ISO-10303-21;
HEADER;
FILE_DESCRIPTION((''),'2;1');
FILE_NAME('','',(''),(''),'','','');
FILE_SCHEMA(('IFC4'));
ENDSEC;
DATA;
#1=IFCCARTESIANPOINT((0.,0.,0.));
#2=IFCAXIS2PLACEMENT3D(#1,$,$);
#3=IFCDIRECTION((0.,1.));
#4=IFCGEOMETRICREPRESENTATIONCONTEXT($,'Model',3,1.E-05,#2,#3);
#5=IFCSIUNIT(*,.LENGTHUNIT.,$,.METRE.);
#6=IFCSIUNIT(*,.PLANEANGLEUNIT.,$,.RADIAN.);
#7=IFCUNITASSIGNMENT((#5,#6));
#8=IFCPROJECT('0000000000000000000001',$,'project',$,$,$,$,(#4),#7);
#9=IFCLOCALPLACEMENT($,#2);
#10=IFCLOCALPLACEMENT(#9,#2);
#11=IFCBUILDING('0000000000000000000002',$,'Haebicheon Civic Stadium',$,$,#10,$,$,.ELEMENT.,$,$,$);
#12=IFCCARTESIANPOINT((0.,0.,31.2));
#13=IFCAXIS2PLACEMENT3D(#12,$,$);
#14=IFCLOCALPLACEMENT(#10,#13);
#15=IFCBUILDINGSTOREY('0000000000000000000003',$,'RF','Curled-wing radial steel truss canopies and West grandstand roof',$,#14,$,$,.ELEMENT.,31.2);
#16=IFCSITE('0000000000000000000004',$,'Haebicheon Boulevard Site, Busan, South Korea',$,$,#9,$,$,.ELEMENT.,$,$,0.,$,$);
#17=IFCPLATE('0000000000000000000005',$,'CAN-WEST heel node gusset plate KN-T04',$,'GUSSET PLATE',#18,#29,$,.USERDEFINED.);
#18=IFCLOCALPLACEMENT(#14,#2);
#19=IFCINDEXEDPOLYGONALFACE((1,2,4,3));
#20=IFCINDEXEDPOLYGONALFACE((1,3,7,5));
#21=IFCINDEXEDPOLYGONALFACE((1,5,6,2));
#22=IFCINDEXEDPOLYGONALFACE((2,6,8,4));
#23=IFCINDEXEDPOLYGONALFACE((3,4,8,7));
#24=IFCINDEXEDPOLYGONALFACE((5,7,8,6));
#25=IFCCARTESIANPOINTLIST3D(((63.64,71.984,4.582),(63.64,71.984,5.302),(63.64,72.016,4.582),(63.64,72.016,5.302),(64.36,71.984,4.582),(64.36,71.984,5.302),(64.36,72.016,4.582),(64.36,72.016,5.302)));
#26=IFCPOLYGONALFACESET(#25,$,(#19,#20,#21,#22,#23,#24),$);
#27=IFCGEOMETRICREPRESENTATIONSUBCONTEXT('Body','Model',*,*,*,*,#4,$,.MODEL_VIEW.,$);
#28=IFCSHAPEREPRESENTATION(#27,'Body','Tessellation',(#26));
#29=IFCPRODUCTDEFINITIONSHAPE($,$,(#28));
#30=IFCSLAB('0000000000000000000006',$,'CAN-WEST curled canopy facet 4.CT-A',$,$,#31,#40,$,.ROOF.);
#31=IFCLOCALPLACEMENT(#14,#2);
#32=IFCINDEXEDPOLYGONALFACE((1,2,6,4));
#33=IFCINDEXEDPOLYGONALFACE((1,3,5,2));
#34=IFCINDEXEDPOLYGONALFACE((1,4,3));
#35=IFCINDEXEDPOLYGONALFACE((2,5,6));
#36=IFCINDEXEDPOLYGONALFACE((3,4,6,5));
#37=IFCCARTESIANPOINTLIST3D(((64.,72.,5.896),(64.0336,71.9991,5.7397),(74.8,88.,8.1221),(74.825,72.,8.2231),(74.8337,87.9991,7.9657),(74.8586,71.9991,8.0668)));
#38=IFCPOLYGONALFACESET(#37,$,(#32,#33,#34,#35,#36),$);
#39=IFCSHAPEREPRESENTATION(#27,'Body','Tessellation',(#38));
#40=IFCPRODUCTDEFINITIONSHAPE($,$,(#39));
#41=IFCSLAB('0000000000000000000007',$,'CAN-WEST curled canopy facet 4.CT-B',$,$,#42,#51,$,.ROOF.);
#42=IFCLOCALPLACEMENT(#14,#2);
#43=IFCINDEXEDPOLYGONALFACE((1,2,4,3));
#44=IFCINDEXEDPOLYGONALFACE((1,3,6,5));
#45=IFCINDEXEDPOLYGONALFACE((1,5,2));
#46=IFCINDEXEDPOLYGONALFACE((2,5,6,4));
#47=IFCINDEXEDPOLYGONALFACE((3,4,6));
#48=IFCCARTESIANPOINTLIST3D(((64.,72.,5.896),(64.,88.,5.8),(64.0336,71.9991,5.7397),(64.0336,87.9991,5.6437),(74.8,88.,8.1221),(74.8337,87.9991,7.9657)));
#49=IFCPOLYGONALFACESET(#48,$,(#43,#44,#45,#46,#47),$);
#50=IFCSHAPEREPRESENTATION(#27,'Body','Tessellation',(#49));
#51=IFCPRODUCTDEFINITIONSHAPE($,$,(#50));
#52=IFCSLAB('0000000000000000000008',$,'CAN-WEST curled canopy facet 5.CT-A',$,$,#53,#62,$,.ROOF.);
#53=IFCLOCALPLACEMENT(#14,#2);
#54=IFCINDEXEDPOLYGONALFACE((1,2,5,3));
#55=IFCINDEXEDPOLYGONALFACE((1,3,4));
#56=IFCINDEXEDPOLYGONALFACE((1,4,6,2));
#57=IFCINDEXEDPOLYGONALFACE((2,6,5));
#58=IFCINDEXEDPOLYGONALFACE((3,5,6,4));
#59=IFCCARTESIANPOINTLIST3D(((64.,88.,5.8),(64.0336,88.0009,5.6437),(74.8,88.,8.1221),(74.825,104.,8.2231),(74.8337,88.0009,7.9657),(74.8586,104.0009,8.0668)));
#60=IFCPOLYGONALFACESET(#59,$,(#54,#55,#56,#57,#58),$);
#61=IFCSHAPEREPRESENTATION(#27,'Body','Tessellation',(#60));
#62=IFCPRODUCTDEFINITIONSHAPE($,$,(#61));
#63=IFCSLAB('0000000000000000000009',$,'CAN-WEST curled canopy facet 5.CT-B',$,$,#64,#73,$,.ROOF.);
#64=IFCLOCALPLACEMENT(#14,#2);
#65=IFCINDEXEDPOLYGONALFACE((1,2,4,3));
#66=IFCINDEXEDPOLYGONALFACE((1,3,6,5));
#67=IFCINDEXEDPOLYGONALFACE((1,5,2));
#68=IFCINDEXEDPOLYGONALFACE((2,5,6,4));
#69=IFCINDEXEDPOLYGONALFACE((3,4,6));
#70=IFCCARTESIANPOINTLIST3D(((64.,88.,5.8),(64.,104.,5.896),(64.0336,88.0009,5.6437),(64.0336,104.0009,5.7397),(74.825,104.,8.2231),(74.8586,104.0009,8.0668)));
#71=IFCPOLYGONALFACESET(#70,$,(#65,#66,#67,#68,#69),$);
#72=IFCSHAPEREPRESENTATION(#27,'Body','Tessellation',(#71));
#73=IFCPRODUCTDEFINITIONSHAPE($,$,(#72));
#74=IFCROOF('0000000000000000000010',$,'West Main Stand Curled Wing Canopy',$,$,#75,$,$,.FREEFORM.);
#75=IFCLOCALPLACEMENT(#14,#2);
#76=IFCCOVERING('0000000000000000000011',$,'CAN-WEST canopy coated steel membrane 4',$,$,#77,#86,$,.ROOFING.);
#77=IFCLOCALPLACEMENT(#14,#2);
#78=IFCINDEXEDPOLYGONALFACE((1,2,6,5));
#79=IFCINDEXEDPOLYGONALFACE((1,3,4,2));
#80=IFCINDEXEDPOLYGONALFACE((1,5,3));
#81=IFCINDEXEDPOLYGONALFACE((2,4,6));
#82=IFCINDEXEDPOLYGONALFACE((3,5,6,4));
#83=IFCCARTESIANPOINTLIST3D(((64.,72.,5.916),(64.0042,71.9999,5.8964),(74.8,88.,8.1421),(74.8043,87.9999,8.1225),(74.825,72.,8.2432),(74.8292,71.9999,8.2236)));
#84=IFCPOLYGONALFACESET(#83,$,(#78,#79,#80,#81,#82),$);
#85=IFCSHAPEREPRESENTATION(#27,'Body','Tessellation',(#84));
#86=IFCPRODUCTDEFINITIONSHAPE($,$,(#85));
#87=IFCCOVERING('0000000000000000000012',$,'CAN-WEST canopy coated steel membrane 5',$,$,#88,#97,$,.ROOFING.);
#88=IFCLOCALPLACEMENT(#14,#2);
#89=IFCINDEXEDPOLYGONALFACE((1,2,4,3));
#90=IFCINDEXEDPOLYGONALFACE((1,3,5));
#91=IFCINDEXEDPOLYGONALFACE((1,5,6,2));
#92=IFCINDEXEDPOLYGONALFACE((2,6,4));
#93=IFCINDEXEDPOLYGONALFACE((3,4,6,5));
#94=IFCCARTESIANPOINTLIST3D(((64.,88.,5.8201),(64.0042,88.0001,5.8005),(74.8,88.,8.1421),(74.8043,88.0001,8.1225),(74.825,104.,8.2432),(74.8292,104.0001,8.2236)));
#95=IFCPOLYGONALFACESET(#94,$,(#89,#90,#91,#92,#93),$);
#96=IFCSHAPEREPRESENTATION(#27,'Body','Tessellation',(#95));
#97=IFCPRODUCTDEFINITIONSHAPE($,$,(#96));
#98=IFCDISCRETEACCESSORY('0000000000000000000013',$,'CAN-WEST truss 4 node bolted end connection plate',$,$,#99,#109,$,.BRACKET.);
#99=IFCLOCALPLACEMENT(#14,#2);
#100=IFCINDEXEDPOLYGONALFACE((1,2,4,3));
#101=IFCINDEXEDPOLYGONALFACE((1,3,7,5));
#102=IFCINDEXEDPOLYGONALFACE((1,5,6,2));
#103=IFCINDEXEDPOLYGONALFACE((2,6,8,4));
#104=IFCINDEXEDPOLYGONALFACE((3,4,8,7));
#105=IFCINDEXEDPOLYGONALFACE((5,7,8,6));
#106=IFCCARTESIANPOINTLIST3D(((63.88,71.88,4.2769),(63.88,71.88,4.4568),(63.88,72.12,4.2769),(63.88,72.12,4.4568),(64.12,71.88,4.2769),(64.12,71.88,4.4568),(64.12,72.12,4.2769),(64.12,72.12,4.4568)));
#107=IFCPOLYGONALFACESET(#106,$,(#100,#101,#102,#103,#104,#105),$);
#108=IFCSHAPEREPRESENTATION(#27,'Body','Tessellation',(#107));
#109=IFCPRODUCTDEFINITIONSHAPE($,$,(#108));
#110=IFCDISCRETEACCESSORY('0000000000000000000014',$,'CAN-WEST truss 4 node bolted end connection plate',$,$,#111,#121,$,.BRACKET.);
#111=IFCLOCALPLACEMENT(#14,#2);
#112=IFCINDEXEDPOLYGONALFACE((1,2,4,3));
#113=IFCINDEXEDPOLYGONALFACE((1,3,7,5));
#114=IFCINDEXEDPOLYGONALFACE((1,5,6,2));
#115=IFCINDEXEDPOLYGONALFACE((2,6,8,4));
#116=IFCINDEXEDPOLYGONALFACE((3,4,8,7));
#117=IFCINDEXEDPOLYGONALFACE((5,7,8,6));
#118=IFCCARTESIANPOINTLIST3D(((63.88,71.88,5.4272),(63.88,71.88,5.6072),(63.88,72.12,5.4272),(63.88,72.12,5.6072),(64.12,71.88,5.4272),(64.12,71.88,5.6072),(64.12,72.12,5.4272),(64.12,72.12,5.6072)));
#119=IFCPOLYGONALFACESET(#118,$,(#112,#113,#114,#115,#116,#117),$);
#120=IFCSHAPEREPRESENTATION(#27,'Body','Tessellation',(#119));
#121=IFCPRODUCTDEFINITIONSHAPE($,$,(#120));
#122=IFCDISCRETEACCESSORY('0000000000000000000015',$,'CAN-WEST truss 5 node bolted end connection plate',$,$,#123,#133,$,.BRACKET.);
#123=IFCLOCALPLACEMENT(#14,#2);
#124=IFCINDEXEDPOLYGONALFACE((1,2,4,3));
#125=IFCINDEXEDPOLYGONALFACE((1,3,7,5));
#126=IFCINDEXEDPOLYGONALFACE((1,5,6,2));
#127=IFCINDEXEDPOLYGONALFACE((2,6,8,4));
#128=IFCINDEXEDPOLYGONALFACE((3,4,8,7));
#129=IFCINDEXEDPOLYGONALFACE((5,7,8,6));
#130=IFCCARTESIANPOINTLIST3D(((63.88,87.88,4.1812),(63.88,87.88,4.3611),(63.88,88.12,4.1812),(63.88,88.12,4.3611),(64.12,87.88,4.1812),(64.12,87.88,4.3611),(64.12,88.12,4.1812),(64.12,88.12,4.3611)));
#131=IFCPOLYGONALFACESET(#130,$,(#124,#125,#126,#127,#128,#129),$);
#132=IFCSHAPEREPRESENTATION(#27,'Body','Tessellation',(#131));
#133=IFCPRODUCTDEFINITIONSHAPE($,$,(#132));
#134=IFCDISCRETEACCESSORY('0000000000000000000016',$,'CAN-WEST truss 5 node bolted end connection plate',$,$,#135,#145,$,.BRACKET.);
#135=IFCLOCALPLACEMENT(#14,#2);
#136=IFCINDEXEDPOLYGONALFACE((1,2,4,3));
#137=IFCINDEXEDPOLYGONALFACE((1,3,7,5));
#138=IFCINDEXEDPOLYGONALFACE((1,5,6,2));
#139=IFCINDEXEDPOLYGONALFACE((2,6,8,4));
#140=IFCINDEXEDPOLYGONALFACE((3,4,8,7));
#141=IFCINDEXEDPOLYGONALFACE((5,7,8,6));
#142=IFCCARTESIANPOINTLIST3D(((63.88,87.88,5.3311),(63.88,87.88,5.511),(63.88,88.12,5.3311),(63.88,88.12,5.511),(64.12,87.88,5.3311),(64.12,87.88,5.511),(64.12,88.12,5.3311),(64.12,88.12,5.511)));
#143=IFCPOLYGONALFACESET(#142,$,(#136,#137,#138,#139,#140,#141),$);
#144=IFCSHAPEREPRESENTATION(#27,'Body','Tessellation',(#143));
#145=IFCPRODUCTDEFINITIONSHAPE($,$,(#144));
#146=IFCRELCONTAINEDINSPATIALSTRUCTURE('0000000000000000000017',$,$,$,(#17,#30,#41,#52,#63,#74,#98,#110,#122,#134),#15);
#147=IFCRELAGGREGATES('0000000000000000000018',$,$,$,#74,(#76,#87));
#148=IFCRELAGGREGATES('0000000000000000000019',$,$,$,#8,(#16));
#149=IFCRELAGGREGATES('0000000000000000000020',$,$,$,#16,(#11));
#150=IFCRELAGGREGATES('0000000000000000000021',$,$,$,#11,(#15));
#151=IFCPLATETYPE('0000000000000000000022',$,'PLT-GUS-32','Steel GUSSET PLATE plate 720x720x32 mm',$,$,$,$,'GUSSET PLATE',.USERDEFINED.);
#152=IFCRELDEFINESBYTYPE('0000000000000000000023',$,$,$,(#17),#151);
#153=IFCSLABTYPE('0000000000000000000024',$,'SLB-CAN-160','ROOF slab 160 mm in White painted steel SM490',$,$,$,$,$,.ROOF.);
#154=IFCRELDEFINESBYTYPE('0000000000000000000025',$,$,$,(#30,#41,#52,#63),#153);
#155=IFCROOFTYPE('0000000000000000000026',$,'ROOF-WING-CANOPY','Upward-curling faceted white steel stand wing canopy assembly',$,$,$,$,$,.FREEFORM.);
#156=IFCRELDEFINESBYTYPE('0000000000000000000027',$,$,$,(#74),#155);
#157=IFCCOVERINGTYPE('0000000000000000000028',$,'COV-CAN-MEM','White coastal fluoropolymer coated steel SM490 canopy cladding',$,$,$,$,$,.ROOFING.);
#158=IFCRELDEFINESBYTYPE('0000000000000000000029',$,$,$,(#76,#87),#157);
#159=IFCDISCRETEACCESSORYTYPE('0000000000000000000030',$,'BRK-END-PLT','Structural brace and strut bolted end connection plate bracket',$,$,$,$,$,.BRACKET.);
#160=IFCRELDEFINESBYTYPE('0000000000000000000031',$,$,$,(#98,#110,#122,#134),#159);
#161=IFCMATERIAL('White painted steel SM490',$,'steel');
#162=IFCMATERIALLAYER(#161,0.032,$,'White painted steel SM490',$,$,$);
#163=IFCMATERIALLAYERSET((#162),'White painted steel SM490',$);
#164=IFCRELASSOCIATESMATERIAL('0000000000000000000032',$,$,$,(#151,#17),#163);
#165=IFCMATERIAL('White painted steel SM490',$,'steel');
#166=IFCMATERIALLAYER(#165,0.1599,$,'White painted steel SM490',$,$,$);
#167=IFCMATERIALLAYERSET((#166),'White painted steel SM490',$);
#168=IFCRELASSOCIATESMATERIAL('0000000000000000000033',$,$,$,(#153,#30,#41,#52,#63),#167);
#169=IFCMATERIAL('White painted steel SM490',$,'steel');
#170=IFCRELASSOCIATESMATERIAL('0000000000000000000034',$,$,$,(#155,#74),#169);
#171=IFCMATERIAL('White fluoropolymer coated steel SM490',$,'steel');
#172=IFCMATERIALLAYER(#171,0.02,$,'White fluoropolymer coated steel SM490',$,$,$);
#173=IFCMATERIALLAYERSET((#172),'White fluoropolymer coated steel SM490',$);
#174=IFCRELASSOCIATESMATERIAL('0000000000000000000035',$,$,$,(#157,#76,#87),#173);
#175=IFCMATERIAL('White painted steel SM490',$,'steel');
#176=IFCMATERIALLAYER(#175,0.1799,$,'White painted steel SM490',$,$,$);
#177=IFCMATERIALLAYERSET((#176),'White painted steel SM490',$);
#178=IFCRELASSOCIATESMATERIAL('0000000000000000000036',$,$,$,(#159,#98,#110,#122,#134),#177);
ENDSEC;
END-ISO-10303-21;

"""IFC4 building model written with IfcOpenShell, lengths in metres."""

from ifc_helpers import new_model, si_unit, direction, frame, origin, origin_2d, place, context, subcontext, project, spatial, polyline, rectangle, outline, extrude, material, layer, layer_set, type_object, element, aggregate, save


model = new_model("IFC4")

# Units and contexts
model_context = context("Model", 3, precision=1e-05, world=origin(), true_north=direction((0.0, 1.0)))
body_context = subcontext(model_context, "Body", "Model", "MODEL_VIEW")
ifc_project = project(units=[si_unit("LENGTHUNIT", "METRE"), si_unit("PLANEANGLEUNIT", "RADIAN")], contexts=[model_context])

# Site, building, storey
site_placement = place(None, origin())
site = spatial("IfcSite", under=ifc_project, at=site_placement, Name="Haebicheon Boulevard Site, Busan, South Korea", CompositionType="ELEMENT", RefElevation=0.0)
building_placement = place(site_placement, origin())
building = spatial("IfcBuilding", under=site, at=building_placement, Name="Haebicheon Civic Stadium", CompositionType="ELEMENT")
storey_placement = place(building_placement, frame((0.0, 0.0, 31.2)))
storey = spatial("IfcBuildingStorey", under=building, at=storey_placement, Name="RF", Description="Curled-wing radial steel truss canopies and West grandstand roof", CompositionType="ELEMENT", Elevation=31.2)

# Plate
ifc_material_1 = material(Name="White painted steel SM490", Category="steel")
ifc_layer_1 = layer(ifc_material_1, 0.032, Name="White painted steel SM490")
ifc_layer_set_1 = layer_set([ifc_layer_1], Name="White painted steel SM490")
plate_type_1 = type_object("IfcPlateType", Name="PLT-GUS-32", Description="Steel GUSSET PLATE plate 720x720x32 mm", ElementType="GUSSET PLATE", PredefinedType="USERDEFINED", material=ifc_layer_set_1)
plate_1_placement = place(storey_placement, frame((64.0, 72.0, 4.582), z_axis=(0.0, 0.0, 1.0), x_axis=(1.0, 0.0, 0.0)))
element("IfcPlate", 1, at=plate_1_placement, inside=storey, type_object=plate_type_1, material=ifc_layer_set_1, Name="CAN-WEST heel node gusset plate KN-T04", ObjectType="GUSSET PLATE", PredefinedType="USERDEFINED", context=body_context, shape_type="SweptSolid", body=[
    extrude(rectangle(XDim=0.72, YDim=0.032, at=origin_2d()), origin(), (0.0, 0.0, 1.0), 0.72),
])

# Slabs
ifc_material_2 = material(Name="White painted steel SM490", Category="steel")
ifc_layer_2 = layer(ifc_material_2, 0.1599, Name="White painted steel SM490")
ifc_layer_set_2 = layer_set([ifc_layer_2], Name="White painted steel SM490")
slab_type = type_object("IfcSlabType", Name="SLB-CAN-160", Description="ROOF slab 160 mm in White painted steel SM490", PredefinedType="ROOF", material=ifc_layer_set_2)
slab_1_placement = place(storey_placement, frame((64.0, 72.0, 5.896), z_axis=(-0.210174, 0.005849, 0.977646), x_axis=(0.977663, 0.0, 0.210178)))
element("IfcSlab", 2, at=slab_1_placement, inside=storey, type_object=slab_type, material=ifc_layer_set_2, Name="CAN-WEST curled canopy facet 4.CT-A", PredefinedType="ROOF", context=body_context, shape_type="SweptSolid", body=[
    extrude(outline(polyline([(0.0, 0.0), (11.0723, 0.0), (11.0267, 16.0003), (0.0, 0.0)])), origin(), (0.0, 0.0, -1.0), 0.1599),
])
slab_2_placement = place(storey_placement, frame((64.0, 72.0, 5.896), z_axis=(-0.210194, 0.005863, 0.977642), x_axis=(0.555791, 0.823391, 0.114558)))
element("IfcSlab", 3, at=slab_2_placement, inside=storey, type_object=slab_type, material=ifc_layer_set_2, Name="CAN-WEST curled canopy facet 4.CT-B", PredefinedType="ROOF", context=body_context, shape_type="SweptSolid", body=[
    extrude(outline(polyline([(0.0, 0.0), (19.4318, 0.0), (13.1633, 9.096), (0.0, 0.0)])), origin(), (0.0, 0.0, -1.0), 0.1599),
])
slab_3_placement = place(storey_placement, frame((64.0, 88.0, 5.8), z_axis=(-0.210194, -0.005849, 0.977642), x_axis=(0.977659, 0.0, 0.210198)))
element("IfcSlab", 4, at=slab_3_placement, inside=storey, type_object=slab_type, material=ifc_layer_set_2, Name="CAN-WEST curled canopy facet 5.CT-A", PredefinedType="ROOF", context=body_context, shape_type="SweptSolid", body=[
    extrude(outline(polyline([(0.0, 0.0), (11.0468, 0.0), (11.0924, 16.0003), (0.0, 0.0)])), origin(), (0.0, 0.0, -1.0), 0.1599),
])
slab_4_placement = place(storey_placement, frame((64.0, 88.0, 5.8), z_axis=(-0.210174, -0.005863, 0.977646), x_axis=(0.556003, 0.82181, 0.124458)))
element("IfcSlab", 5, at=slab_4_placement, inside=storey, type_object=slab_type, material=ifc_layer_set_2, Name="CAN-WEST curled canopy facet 5.CT-B", PredefinedType="ROOF", context=body_context, shape_type="SweptSolid", body=[
    extrude(outline(polyline([(0.0, 0.0), (19.4692, 0.0), (13.1609, 9.0995), (0.0, 0.0)])), origin(), (0.0, 0.0, -1.0), 0.1599),
])

# Roof, coverings
ifc_material_3 = material(Name="White painted steel SM490", Category="steel")
roof_type = type_object("IfcRoofType", Name="ROOF-WING-CANOPY", Description="Upward-curling faceted white steel stand wing canopy assembly", PredefinedType="FREEFORM", material=ifc_material_3)
roof_placement = place(storey_placement, origin())
roof = element("IfcRoof", 6, at=roof_placement, inside=storey, type_object=roof_type, material=ifc_material_3, Name="West Main Stand Curled Wing Canopy", PredefinedType="FREEFORM")
ifc_material_4 = material(Name="White fluoropolymer coated steel SM490", Category="steel")
ifc_layer_3 = layer(ifc_material_4, 0.02, Name="White fluoropolymer coated steel SM490")
ifc_layer_set_3 = layer_set([ifc_layer_3], Name="White fluoropolymer coated steel SM490")
covering_type = type_object("IfcCoveringType", Name="COV-CAN-MEM", Description="White coastal fluoropolymer coated steel SM490 canopy cladding", PredefinedType="ROOFING", material=ifc_layer_set_3)
covering_1_placement = place(storey_placement, frame((64.0, 72.0, 5.916), z_axis=(-0.210174, 0.005849, 0.977646), x_axis=(0.977663, 0.0, 0.210178)))
covering_1 = element("IfcCovering", 7, at=covering_1_placement, type_object=covering_type, material=ifc_layer_set_3, Name="CAN-WEST canopy coated steel membrane 4", PredefinedType="ROOFING", context=body_context, shape_type="SweptSolid", body=[
    extrude(outline(polyline([(0.0, 0.0), (11.0723, 0.0), (11.0267, 16.0003), (0.0, 0.0)])), origin(), (0.0, 0.0, -1.0), 0.02),
])
covering_2_placement = place(storey_placement, frame((64.0, 88.0, 5.8201), z_axis=(-0.210194, -0.005849, 0.977642), x_axis=(0.977659, 0.0, 0.210198)))
covering_2 = element("IfcCovering", 8, at=covering_2_placement, type_object=covering_type, material=ifc_layer_set_3, Name="CAN-WEST canopy coated steel membrane 5", PredefinedType="ROOFING", context=body_context, shape_type="SweptSolid", body=[
    extrude(outline(polyline([(0.0, 0.0), (11.0468, 0.0), (11.0924, 16.0003), (0.0, 0.0)])), origin(), (0.0, 0.0, -1.0), 0.02),
])
aggregate(roof, [covering_1, covering_2])

# Discrete accessories
ifc_material_5 = material(Name="White painted steel SM490", Category="steel")
ifc_layer_4 = layer(ifc_material_5, 0.1799, Name="White painted steel SM490")
ifc_layer_set_4 = layer_set([ifc_layer_4], Name="White painted steel SM490")
discrete_accessory_type = type_object("IfcDiscreteAccessoryType", Name="BRK-END-PLT", Description="Structural brace and strut bolted end connection plate bracket", PredefinedType="BRACKET", material=ifc_layer_set_4)
for number, where, z_axis, x_axis, name in (
    (9, (64.0, 72.0, 4.2769), (0.0, 0.0, 1.0), (1.0, 0.0, 0.0), "CAN-WEST truss 4 node bolted end connection plate"),
    (10, (64.0, 72.0, 5.4272), (0.0, 0.0, 1.0), (1.0, 0.0, 0.0), "CAN-WEST truss 4 node bolted end connection plate"),
    (11, (64.0, 88.0, 4.1812), (0.0, 0.0, 1.0), (1.0, 0.0, 0.0), "CAN-WEST truss 5 node bolted end connection plate"),
    (12, (64.0, 88.0, 5.3311), (0.0, 0.0, 1.0), (1.0, 0.0, 0.0), "CAN-WEST truss 5 node bolted end connection plate"),
):
    element("IfcDiscreteAccessory", number, at=place(storey_placement, frame(where, z_axis=z_axis, x_axis=x_axis)), inside=storey, type_object=discrete_accessory_type, material=ifc_layer_set_4, Name=name, PredefinedType="BRACKET", context=body_context, shape_type="SweptSolid", body=[
        extrude(rectangle(XDim=0.24, YDim=0.24, at=origin_2d()), origin(), (0.0, 0.0, 1.0), 0.1799),
    ])

save(model, "model.ifc")
